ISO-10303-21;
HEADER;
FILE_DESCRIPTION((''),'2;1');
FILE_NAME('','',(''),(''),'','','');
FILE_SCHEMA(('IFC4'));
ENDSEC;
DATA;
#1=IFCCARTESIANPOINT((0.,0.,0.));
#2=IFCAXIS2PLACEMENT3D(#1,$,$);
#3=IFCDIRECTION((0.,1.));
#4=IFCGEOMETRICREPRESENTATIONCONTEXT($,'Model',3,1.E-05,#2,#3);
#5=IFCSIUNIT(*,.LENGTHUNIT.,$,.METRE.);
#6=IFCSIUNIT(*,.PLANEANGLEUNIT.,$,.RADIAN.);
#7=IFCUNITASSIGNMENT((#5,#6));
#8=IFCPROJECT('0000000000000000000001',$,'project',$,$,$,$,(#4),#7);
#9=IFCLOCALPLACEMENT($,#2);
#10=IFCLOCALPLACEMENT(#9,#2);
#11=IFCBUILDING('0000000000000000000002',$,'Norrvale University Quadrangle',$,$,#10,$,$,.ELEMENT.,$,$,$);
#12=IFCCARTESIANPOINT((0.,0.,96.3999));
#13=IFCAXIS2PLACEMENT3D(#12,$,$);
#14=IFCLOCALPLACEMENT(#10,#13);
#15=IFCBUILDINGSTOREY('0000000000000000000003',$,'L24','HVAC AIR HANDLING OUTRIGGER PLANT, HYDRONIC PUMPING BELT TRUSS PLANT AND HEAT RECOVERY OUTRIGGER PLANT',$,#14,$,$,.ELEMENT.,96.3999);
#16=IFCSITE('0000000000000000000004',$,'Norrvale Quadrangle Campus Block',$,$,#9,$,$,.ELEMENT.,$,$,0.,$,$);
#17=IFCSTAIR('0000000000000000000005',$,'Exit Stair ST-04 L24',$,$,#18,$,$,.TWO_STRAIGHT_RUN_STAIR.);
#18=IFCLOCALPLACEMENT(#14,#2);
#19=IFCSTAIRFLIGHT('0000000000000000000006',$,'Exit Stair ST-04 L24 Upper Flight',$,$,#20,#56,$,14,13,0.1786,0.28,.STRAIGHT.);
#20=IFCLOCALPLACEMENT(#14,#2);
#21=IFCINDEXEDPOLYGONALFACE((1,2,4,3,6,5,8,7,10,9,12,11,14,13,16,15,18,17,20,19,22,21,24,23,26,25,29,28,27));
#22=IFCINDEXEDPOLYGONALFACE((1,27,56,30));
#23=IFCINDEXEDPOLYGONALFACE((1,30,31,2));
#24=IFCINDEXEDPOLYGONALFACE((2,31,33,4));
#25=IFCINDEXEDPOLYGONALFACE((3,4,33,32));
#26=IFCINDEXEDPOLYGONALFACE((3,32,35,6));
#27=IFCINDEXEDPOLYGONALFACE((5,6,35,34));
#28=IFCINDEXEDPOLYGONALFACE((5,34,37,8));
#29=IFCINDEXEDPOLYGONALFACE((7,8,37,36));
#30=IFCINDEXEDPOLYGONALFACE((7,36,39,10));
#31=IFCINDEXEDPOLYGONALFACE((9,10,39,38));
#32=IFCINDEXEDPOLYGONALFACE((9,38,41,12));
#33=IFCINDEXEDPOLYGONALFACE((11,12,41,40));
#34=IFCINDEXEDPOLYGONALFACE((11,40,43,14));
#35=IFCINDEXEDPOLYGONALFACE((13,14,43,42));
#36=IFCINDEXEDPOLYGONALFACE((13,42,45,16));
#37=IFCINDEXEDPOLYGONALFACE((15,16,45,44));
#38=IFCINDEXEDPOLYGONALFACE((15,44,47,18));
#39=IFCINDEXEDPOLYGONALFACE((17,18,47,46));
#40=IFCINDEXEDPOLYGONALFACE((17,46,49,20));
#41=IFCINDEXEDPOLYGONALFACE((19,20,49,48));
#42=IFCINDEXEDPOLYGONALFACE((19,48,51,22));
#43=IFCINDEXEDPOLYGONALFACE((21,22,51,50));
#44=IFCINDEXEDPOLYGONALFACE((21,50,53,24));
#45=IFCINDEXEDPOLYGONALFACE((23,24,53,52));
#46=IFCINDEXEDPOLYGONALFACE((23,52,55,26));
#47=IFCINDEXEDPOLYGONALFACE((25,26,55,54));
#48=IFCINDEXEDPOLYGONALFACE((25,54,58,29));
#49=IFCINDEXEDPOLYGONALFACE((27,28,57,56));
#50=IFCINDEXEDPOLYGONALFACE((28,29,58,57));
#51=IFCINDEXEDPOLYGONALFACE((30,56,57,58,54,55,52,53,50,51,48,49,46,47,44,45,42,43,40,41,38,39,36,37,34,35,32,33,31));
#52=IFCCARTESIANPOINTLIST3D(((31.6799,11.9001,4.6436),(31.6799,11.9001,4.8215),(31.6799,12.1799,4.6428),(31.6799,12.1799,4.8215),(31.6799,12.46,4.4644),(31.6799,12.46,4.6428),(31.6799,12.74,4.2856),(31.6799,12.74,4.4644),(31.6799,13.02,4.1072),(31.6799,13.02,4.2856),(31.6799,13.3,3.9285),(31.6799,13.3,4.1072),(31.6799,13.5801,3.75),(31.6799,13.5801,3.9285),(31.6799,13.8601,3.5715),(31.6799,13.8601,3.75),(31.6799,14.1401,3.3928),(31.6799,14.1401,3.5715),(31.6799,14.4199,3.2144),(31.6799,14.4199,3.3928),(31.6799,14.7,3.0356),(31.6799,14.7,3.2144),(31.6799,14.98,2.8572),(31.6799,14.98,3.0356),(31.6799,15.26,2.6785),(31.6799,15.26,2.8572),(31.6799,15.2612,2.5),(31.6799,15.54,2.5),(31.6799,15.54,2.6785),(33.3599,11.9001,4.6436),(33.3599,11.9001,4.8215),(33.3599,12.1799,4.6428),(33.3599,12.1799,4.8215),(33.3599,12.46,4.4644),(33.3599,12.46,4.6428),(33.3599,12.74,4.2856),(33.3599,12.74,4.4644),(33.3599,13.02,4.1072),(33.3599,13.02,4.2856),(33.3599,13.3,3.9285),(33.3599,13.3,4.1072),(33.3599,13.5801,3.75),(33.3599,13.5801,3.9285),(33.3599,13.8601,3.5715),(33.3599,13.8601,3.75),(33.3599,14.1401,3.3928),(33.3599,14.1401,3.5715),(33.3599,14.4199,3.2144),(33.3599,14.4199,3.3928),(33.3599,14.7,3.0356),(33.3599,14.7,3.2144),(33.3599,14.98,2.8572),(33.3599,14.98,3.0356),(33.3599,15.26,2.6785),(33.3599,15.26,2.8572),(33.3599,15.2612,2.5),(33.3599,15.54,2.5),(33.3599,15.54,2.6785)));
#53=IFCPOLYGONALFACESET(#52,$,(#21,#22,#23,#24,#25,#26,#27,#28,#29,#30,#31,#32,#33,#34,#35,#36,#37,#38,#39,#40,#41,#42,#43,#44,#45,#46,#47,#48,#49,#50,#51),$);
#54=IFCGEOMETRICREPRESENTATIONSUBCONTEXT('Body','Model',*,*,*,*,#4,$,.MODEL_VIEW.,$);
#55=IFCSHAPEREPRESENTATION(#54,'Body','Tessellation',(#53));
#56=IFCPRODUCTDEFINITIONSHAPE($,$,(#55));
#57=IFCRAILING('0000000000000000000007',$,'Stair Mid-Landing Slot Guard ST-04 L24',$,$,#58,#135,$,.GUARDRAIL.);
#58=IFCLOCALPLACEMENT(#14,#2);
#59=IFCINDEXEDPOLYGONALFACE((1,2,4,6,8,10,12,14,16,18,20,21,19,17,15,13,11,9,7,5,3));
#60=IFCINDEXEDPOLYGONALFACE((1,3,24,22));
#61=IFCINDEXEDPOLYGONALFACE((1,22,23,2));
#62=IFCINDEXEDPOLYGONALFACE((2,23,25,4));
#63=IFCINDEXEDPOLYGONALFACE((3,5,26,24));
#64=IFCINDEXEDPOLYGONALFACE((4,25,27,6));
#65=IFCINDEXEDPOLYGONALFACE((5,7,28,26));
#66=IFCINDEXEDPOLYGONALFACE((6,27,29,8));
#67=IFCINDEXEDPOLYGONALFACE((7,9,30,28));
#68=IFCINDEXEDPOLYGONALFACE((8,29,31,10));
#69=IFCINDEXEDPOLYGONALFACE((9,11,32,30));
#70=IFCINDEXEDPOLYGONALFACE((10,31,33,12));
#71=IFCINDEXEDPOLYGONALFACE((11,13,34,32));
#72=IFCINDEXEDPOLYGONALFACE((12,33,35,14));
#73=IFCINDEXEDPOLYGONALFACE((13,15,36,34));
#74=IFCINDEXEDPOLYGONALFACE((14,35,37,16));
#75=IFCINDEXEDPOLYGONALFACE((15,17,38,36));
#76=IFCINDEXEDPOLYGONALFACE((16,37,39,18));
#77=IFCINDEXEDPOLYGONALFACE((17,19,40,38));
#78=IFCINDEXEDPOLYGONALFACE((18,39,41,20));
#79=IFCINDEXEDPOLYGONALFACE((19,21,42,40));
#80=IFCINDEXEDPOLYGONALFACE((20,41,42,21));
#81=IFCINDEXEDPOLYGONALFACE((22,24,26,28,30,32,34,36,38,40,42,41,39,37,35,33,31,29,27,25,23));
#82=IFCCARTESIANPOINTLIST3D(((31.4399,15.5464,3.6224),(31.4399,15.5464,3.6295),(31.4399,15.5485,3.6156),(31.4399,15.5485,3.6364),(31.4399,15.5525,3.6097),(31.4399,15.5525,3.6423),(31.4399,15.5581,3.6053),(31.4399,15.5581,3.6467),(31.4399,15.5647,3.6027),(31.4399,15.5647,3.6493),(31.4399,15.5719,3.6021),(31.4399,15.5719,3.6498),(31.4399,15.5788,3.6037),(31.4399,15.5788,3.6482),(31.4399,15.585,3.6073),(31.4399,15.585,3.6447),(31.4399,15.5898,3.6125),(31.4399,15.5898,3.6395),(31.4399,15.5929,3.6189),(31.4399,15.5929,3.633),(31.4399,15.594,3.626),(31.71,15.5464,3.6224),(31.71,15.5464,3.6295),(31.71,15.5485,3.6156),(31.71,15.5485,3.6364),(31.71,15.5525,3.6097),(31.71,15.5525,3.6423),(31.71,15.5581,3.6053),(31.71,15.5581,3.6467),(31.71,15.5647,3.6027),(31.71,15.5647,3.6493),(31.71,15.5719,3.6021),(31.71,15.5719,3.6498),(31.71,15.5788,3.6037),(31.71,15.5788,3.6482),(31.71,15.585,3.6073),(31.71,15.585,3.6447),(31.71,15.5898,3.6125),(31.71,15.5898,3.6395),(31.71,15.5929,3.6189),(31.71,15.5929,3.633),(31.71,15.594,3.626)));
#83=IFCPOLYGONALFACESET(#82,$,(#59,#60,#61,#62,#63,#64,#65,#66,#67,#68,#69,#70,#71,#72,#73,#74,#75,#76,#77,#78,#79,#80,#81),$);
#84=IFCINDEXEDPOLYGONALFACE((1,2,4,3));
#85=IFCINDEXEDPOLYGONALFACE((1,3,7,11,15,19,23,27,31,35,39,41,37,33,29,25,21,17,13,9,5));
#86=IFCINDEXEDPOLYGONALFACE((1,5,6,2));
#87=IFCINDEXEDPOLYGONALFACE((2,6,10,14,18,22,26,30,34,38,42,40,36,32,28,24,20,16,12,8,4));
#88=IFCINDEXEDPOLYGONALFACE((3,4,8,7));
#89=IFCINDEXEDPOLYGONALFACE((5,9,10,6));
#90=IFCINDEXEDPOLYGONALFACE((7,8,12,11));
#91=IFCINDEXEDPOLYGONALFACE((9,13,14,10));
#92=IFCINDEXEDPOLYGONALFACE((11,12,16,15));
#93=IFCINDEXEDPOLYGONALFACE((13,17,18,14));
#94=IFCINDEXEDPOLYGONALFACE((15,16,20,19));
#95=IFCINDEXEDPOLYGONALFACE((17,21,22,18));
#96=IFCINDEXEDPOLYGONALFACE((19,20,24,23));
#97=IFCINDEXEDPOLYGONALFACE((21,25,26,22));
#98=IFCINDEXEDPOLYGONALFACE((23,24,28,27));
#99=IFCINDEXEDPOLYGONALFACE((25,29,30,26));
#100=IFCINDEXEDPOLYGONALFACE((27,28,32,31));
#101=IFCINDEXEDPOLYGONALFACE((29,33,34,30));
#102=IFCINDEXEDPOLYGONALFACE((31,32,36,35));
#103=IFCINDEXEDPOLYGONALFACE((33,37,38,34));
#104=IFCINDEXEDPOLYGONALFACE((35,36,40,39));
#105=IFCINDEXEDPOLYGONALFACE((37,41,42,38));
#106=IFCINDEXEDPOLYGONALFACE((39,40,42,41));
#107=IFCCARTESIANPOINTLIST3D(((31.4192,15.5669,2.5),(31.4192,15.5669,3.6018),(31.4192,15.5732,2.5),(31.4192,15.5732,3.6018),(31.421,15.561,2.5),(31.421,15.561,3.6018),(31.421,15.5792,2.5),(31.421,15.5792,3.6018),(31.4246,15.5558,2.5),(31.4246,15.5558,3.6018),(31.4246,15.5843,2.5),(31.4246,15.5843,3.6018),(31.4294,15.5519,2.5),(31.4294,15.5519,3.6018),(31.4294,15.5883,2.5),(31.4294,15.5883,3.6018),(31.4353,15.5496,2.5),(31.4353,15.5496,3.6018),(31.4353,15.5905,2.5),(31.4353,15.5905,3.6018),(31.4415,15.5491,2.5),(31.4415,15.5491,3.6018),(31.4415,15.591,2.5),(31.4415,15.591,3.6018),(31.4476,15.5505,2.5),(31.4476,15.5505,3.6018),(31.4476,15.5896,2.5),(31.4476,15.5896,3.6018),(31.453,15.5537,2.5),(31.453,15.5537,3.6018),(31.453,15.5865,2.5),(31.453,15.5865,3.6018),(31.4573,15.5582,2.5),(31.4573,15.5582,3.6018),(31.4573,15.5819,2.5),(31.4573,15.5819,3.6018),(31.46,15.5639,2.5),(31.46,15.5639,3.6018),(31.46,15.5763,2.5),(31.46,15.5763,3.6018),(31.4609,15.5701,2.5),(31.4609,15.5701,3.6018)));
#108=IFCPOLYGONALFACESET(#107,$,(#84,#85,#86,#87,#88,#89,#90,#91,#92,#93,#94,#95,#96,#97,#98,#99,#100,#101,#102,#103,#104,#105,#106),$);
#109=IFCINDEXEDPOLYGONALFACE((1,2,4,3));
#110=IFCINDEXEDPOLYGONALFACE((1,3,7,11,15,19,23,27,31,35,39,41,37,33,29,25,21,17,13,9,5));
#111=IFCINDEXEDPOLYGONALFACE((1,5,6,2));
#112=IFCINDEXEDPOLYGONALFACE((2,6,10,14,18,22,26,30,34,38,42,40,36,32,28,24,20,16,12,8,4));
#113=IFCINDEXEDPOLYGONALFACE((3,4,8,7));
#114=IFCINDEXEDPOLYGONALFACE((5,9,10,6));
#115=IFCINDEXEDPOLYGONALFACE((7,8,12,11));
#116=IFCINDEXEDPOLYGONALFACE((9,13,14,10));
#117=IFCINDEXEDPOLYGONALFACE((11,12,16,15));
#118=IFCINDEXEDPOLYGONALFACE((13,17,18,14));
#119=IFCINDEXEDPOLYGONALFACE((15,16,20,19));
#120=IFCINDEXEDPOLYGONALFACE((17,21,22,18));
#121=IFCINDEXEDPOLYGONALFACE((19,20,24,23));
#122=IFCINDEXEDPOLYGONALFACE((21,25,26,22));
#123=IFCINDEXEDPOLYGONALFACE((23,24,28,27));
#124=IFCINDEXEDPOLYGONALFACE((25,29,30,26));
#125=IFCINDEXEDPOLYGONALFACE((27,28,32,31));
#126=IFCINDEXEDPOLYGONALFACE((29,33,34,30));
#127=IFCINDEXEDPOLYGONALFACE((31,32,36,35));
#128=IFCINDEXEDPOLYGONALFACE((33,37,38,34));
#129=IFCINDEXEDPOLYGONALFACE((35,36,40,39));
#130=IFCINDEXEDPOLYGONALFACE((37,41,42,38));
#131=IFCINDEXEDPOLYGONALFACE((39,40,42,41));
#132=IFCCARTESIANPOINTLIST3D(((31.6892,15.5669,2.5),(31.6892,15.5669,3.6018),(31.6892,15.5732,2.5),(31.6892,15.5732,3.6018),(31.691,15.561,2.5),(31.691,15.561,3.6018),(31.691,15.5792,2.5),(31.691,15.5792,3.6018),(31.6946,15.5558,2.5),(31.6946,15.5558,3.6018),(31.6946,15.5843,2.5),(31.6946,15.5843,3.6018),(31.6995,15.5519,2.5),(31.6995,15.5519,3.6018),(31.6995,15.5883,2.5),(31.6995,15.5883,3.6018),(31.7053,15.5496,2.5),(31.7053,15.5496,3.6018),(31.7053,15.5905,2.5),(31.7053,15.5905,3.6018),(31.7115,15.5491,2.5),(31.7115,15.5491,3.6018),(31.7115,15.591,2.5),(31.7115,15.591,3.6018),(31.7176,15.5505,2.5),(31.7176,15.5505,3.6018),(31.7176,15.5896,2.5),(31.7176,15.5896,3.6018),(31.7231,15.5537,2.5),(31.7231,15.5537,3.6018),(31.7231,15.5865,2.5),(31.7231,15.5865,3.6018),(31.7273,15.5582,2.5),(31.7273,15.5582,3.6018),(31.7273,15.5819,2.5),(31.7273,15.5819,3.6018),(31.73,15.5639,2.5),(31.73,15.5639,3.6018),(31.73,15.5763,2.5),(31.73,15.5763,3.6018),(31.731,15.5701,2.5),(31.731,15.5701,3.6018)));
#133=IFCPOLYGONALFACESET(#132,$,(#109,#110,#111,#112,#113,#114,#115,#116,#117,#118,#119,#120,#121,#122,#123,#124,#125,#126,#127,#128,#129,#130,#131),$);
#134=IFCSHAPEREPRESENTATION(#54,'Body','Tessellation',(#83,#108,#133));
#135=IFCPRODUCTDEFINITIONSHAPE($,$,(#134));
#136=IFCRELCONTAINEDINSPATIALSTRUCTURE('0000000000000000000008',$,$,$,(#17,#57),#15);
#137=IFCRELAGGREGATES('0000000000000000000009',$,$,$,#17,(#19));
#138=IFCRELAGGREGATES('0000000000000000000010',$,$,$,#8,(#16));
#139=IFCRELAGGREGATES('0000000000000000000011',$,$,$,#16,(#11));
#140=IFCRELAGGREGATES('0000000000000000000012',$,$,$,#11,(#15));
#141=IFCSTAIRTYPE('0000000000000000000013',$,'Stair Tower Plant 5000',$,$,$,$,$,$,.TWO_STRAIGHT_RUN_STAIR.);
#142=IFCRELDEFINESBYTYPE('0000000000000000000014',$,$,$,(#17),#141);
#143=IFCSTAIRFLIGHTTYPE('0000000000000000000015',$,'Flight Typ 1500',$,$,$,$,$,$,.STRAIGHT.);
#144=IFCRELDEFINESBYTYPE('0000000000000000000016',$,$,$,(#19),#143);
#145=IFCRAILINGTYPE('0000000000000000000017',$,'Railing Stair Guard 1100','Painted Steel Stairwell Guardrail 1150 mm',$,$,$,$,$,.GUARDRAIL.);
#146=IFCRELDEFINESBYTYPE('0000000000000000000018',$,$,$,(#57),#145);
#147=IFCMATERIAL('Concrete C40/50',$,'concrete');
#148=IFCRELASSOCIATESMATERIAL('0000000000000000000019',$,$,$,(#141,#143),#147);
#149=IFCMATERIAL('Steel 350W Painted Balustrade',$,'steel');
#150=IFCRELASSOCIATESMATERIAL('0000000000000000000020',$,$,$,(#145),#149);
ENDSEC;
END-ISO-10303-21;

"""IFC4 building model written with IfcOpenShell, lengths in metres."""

from ifc_helpers import new_model, si_unit, direction, frame, origin, origin_2d, place, context, subcontext, project, spatial, polyline, circle, outline, extrude, material, type_object, element, aggregate, save


model = new_model("IFC4")

# Units and contexts
model_context = context("Model", 3, precision=1e-05, world=origin(), true_north=direction((0.0, 1.0)))
body_context = subcontext(model_context, "Body", "Model", "MODEL_VIEW")
ifc_project = project(units=[si_unit("LENGTHUNIT", "METRE"), si_unit("PLANEANGLEUNIT", "RADIAN")], contexts=[model_context])

# Site, building, storey
site_placement = place(None, origin())
site = spatial("IfcSite", under=ifc_project, at=site_placement, Name="Norrvale Quadrangle Campus Block", CompositionType="ELEMENT", RefElevation=0.0)
building_placement = place(site_placement, origin())
building = spatial("IfcBuilding", under=site, at=building_placement, Name="Norrvale University Quadrangle", CompositionType="ELEMENT")
storey_placement = place(building_placement, frame((0.0, 0.0, 96.3999)))
storey = spatial("IfcBuildingStorey", under=building, at=storey_placement, Name="L24", Description="HVAC AIR HANDLING OUTRIGGER PLANT, HYDRONIC PUMPING BELT TRUSS PLANT AND HEAT RECOVERY OUTRIGGER PLANT", CompositionType="ELEMENT", Elevation=96.3999)

# Stair, stair flight
ifc_material_1 = material(Name="Concrete C40/50", Category="concrete")
stair_type = type_object("IfcStairType", Name="Stair Tower Plant 5000", PredefinedType="TWO_STRAIGHT_RUN_STAIR", material=ifc_material_1)
stair_placement = place(storey_placement, origin())
stair = element("IfcStair", 1, at=stair_placement, inside=storey, type_object=stair_type, Name="Exit Stair ST-04 L24", PredefinedType="TWO_STRAIGHT_RUN_STAIR")
stair_flight_type = type_object("IfcStairFlightType", Name="Flight Typ 1500", PredefinedType="STRAIGHT", material=ifc_material_1)
stair_flight_1_placement = place(storey_placement, frame((32.52, 15.54, 2.5), z_axis=(0.0, 0.0, 1.0), x_axis=(0.0, -1.0, 0.0)))
stair_flight_1 = element("IfcStairFlight", 2, at=stair_flight_1_placement, type_object=stair_flight_type, Name="Exit Stair ST-04 L24 Upper Flight", NumberOfRisers=14, NumberOfTreads=13, PredefinedType="STRAIGHT", RiserHeight=0.1786, TreadLength=0.28, context=body_context, shape_type="SweptSolid", body=[
    extrude(outline(polyline([(0.0, 0.0), (0.0, 0.1785), (0.28, 0.1785), (0.28, 0.3572), (0.5601, 0.3572), (0.5601, 0.5356), (0.8401, 0.5356), (0.8401, 0.7144), (1.1201, 0.7144), (1.1201, 0.8928), (1.3999, 0.8928), (1.3999, 1.0715), (1.6799, 1.0715), (1.6799, 1.25), (1.96, 1.25), (1.96, 1.4285), (2.24, 1.4285), (2.24, 1.6072), (2.52, 1.6072), (2.52, 1.7856), (2.8, 1.7856), (2.8, 1.9644), (3.0801, 1.9644), (3.0801, 2.1428), (3.3601, 2.1428), (3.3601, 2.3215), (3.6399, 2.3215), (3.6399, 2.5), (3.6399, 2.1436), (0.2788, 0.0), (0.0, 0.0)])), frame((0.0, 0.8398, 0.0), z_axis=(0.0, -1.0, 0.0), x_axis=(1.0, 0.0, 0.0)), (0.0, 0.0, 1.0), 1.6799),
])
aggregate(stair, [stair_flight_1])

# Railing
ifc_material_2 = material(Name="Steel 350W Painted Balustrade", Category="steel")
railing_type_1 = type_object("IfcRailingType", Name="Railing Stair Guard 1100", Description="Painted Steel Stairwell Guardrail 1150 mm", PredefinedType="GUARDRAIL", material=ifc_material_2)
railing_1_placement = place(storey_placement, frame((31.4399, 15.5701, 2.5)))
element("IfcRailing", 3, at=railing_1_placement, inside=storey, type_object=railing_type_1, Name="Stair Mid-Landing Slot Guard ST-04 L24", PredefinedType="GUARDRAIL", context=body_context, shape_type="SweptSolid", body=[
    extrude(circle(Radius=0.0239, at=origin_2d()), frame((0.0, 0.0, 1.126), z_axis=(1.0, 0.0, 0.0), x_axis=(0.0, 1.0, 0.0)), (0.0, 0.0, 1.0), 0.27),
    extrude(circle(Radius=0.021, at=origin_2d()), origin(), (0.0, 0.0, 1.0), 1.1018),
    extrude(circle(Radius=0.021, at=origin_2d()), frame((0.27, 0.0, 0.0)), (0.0, 0.0, 1.0), 1.1018),
])

save(model, "model.ifc")
